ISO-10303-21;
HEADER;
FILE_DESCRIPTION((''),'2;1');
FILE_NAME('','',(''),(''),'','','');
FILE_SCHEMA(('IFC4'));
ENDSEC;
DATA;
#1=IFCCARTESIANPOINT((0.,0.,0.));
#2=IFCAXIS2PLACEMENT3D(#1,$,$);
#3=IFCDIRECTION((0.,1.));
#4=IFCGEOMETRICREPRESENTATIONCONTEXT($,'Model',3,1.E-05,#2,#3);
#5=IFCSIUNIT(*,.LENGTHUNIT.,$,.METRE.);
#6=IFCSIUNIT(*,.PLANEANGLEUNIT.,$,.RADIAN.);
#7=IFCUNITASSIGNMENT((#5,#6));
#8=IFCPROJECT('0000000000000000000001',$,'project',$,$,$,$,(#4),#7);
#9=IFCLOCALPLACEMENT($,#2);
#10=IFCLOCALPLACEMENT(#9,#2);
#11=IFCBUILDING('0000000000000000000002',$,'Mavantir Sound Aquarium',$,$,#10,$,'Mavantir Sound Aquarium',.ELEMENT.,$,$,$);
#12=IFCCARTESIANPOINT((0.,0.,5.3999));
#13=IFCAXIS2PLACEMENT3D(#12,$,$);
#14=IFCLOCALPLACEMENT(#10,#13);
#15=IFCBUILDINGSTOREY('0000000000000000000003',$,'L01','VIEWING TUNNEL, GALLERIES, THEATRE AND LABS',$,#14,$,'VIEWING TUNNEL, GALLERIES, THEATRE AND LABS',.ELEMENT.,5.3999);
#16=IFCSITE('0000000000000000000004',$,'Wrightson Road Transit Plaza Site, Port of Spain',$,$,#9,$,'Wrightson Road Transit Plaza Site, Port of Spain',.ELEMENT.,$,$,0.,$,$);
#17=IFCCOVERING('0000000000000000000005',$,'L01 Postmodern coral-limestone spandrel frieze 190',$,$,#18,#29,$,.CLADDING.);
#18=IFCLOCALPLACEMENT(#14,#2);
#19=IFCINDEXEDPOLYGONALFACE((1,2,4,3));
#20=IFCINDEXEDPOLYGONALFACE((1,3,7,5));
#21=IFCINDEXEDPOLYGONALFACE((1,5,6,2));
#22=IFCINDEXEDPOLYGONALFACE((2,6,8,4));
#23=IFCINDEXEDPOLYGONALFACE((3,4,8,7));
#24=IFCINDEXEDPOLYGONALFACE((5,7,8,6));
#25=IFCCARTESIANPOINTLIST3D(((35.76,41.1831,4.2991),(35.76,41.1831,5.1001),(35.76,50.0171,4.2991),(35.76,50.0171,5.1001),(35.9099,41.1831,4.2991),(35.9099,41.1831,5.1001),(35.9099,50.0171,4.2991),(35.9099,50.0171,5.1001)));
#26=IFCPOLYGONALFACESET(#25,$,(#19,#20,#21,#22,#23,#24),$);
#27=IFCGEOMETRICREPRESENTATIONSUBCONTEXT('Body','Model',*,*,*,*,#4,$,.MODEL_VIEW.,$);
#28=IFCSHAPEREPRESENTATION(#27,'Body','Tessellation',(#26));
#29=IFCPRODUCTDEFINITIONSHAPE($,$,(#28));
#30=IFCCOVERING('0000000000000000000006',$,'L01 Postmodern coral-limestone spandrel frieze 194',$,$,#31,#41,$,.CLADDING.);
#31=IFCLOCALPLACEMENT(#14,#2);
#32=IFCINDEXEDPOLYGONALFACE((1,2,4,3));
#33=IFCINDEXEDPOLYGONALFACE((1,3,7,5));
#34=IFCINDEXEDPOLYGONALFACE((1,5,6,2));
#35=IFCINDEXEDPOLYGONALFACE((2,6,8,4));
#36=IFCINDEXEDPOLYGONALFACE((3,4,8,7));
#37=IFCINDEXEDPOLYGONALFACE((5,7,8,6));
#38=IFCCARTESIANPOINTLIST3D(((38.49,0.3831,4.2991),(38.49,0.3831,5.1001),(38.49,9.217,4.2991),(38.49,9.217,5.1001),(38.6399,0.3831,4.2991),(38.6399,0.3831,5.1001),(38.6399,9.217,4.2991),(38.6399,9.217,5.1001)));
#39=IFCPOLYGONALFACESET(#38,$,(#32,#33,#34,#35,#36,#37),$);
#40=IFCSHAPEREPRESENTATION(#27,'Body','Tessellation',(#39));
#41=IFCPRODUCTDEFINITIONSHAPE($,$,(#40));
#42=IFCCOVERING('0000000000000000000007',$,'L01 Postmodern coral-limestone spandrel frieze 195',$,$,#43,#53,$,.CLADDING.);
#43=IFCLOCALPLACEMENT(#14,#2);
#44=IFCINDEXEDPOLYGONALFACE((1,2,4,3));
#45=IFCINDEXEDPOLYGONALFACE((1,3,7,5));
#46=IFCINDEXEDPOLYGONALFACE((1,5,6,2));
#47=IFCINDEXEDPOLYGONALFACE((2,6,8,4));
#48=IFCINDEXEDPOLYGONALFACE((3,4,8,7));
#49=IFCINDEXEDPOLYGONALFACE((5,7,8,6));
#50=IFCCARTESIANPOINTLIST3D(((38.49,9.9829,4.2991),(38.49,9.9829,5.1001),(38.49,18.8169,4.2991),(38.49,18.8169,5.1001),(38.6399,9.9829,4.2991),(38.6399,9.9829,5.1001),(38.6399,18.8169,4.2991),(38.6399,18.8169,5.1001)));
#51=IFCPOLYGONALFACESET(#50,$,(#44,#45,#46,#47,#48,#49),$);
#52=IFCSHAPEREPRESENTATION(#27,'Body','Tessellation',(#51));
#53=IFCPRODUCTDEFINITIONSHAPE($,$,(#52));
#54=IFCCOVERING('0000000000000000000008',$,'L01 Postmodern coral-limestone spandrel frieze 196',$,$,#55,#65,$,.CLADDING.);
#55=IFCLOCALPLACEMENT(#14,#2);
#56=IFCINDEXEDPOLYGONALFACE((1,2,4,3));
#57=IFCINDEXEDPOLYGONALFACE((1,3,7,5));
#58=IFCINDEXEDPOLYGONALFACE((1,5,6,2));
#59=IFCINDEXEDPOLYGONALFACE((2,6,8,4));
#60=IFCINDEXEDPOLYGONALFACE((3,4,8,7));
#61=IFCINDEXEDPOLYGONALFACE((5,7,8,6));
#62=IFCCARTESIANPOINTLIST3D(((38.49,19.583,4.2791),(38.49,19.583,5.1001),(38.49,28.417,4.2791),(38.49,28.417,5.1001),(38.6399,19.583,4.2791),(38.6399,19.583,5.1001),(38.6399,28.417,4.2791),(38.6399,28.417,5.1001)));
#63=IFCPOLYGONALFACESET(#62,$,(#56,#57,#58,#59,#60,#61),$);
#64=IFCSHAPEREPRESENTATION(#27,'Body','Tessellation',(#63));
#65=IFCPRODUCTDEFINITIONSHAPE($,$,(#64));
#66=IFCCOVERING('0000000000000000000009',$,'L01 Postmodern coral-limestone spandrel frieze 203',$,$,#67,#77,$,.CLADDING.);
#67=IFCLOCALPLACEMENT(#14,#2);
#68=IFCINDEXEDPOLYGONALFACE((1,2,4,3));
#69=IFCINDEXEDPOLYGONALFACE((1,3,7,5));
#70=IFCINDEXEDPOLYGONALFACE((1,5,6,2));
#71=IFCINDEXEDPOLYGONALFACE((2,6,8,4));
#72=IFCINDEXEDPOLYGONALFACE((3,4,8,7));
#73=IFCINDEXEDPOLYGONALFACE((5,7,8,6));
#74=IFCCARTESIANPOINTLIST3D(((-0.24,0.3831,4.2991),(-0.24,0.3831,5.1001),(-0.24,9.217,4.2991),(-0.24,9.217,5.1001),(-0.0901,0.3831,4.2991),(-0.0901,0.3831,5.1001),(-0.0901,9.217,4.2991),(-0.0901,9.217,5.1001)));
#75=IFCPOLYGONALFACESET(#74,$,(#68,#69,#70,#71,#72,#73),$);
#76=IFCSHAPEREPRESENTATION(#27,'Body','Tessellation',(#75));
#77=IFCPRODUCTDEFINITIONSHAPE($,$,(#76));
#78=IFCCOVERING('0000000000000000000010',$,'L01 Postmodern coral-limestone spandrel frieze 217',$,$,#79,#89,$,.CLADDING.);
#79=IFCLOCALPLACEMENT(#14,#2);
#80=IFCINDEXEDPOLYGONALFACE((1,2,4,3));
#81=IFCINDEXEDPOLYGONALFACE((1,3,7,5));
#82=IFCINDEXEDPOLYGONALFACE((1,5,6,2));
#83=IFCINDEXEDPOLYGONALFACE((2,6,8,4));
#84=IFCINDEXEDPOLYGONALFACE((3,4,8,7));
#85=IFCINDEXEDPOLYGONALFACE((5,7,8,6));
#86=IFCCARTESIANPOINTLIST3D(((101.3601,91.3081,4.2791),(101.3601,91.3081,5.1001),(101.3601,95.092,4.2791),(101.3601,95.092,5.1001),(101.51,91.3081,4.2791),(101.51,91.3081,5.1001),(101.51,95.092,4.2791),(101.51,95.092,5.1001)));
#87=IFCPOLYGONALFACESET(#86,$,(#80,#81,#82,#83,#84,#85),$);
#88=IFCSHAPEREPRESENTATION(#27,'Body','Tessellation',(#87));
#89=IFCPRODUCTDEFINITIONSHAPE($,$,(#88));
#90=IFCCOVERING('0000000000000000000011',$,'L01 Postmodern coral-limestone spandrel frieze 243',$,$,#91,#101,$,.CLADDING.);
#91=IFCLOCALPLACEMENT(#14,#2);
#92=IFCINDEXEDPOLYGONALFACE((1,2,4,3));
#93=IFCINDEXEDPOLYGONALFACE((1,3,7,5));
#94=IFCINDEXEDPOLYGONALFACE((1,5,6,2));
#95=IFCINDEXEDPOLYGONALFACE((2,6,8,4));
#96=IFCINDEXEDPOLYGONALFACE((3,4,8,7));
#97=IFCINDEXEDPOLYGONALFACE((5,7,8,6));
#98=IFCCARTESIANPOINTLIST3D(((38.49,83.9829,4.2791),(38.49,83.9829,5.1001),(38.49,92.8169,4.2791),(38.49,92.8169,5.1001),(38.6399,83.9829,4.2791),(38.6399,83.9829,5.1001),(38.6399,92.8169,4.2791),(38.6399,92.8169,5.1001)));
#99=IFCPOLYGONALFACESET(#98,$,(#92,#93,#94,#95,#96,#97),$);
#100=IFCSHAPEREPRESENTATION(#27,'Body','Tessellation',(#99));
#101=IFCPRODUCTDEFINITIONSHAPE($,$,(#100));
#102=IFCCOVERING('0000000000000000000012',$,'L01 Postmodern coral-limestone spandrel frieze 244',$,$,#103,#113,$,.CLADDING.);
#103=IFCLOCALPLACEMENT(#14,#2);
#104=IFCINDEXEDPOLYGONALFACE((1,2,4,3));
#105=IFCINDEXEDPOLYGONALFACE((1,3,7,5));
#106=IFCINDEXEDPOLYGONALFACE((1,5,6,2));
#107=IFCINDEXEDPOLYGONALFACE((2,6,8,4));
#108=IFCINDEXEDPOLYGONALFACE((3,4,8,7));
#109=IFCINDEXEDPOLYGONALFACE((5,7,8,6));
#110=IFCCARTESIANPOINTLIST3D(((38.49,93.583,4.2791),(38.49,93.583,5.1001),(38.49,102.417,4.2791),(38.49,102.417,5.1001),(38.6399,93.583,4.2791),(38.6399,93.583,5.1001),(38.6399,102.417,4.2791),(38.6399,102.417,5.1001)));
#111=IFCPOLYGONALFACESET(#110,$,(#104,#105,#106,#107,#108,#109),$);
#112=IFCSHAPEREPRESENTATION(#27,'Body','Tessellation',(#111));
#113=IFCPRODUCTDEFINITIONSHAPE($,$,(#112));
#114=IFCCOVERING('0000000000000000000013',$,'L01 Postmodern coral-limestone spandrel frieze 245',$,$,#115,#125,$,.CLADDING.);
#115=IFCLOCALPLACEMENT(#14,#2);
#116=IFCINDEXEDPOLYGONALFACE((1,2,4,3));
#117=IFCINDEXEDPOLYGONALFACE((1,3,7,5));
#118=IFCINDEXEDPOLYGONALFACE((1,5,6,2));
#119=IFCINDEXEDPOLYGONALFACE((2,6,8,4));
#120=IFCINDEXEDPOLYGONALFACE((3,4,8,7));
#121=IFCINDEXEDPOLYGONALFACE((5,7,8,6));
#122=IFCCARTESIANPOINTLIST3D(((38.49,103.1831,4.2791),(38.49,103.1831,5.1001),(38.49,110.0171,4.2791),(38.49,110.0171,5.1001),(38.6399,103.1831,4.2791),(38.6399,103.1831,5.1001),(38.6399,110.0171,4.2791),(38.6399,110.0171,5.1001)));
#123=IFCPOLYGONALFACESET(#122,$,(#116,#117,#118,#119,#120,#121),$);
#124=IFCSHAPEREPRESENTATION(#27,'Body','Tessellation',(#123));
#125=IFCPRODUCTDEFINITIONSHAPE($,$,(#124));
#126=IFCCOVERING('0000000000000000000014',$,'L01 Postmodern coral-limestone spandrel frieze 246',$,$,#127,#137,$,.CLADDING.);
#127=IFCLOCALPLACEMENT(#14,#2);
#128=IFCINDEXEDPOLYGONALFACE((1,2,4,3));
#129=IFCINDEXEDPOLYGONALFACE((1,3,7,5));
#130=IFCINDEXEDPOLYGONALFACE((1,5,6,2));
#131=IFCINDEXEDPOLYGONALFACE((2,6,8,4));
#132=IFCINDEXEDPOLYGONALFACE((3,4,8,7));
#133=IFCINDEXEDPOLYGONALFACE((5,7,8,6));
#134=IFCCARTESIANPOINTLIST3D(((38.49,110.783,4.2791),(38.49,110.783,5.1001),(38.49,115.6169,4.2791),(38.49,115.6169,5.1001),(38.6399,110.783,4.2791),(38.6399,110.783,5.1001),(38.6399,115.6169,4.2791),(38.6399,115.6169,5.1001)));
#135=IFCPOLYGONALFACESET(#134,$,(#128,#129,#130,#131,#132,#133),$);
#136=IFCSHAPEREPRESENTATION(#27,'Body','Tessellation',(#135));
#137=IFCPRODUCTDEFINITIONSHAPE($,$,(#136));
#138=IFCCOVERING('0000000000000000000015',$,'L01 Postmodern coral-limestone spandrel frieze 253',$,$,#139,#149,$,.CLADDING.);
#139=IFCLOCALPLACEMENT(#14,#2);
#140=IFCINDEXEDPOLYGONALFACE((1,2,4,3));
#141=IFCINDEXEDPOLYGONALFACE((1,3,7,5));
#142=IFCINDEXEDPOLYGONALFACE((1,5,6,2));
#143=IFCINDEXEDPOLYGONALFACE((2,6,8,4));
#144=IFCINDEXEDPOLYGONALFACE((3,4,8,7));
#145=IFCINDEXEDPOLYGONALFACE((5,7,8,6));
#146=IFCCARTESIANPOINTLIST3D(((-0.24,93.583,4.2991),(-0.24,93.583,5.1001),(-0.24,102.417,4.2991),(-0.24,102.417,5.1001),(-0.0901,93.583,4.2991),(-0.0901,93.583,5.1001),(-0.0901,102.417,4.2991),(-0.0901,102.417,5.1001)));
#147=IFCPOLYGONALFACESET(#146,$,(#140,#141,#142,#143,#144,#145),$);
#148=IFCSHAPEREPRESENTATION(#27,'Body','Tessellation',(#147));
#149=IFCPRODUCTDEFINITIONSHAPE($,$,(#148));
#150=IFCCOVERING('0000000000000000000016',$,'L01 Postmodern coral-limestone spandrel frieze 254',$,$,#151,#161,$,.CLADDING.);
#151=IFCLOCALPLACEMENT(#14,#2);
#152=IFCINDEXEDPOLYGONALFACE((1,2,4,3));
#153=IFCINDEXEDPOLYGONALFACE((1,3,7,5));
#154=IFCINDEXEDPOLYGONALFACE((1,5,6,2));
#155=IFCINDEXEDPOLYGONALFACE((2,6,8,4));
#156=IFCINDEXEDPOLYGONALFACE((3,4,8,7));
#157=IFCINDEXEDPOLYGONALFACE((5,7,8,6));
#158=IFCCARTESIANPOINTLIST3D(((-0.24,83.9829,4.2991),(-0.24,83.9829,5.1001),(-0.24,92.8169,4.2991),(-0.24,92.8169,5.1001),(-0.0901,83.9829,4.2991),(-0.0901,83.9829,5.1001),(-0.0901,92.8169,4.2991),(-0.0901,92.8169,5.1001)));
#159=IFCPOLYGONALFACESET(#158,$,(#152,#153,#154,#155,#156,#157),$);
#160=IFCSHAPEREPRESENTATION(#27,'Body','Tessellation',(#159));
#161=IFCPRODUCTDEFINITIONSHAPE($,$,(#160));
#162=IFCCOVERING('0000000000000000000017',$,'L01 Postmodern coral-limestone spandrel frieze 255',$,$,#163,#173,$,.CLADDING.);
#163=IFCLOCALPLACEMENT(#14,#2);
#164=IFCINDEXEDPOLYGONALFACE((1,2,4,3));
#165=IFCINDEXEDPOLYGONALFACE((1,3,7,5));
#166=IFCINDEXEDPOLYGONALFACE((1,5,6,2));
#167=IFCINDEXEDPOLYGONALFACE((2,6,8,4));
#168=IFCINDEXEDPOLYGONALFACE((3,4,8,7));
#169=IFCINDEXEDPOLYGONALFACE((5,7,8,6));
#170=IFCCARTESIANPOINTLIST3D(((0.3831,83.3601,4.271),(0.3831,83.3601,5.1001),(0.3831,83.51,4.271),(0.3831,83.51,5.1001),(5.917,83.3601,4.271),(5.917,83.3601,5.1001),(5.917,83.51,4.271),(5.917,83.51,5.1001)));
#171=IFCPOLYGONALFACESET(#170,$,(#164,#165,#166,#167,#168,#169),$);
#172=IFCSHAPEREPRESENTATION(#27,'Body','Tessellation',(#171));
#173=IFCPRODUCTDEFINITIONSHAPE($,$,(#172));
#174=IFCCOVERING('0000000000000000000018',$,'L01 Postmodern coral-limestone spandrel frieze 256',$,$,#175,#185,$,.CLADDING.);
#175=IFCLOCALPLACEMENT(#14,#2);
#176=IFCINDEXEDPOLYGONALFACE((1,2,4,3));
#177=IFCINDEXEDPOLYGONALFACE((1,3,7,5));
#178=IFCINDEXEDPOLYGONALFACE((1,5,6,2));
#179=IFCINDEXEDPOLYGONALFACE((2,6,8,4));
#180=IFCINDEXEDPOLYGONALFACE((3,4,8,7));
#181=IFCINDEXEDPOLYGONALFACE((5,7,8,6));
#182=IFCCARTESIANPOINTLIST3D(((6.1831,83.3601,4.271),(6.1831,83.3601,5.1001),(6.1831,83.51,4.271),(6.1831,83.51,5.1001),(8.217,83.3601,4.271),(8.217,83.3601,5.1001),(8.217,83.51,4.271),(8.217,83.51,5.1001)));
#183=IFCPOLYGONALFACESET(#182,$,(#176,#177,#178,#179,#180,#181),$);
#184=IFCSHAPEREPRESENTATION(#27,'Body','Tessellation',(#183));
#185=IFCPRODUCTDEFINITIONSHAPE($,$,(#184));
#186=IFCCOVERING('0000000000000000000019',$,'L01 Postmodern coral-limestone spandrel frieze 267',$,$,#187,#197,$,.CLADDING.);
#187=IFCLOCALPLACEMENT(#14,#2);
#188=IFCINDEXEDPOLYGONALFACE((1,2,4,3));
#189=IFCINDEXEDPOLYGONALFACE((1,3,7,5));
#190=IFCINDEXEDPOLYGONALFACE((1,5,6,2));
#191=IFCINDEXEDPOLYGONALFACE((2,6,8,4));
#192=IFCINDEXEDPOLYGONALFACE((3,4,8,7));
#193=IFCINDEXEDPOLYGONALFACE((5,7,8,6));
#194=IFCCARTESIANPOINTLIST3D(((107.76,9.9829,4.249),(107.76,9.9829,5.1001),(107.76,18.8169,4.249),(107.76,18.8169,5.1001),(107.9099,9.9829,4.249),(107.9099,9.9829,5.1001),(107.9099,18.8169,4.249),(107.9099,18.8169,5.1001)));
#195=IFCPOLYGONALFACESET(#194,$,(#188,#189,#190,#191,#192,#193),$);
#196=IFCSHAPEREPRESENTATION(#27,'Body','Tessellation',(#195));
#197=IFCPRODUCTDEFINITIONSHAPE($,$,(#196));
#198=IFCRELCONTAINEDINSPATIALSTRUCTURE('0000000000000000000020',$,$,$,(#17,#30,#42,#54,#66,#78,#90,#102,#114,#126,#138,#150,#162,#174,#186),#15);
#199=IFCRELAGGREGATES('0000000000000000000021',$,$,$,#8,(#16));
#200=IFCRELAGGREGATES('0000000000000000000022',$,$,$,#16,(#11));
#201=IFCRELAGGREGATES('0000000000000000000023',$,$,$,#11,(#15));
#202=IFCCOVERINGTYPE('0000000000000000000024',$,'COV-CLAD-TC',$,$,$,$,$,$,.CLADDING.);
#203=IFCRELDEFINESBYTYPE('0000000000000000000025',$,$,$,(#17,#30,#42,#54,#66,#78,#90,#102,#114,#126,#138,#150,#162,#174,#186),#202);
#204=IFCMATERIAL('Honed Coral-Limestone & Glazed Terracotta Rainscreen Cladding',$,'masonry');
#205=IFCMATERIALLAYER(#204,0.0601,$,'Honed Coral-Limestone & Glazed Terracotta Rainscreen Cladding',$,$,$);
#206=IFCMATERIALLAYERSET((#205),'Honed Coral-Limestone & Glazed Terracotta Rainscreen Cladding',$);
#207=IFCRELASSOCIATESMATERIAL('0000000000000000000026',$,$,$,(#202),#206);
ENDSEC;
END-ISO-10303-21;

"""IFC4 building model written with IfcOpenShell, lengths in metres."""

from ifc_helpers import new_model, si_unit, direction, frame, origin, place, context, subcontext, project, spatial, polyline, outline, extrude, material, layer, layer_set, type_object, element, save


model = new_model("IFC4")

# Units and contexts
model_context = context("Model", 3, precision=1e-05, world=origin(), true_north=direction((0.0, 1.0)))
body_context = subcontext(model_context, "Body", "Model", "MODEL_VIEW")
ifc_project = project(units=[si_unit("LENGTHUNIT", "METRE"), si_unit("PLANEANGLEUNIT", "RADIAN")], contexts=[model_context])

# Site, building, storey
site_placement = place(None, origin())
site = spatial("IfcSite", under=ifc_project, at=site_placement, Name="Wrightson Road Transit Plaza Site, Port of Spain", LongName="Wrightson Road Transit Plaza Site, Port of Spain", CompositionType="ELEMENT", RefElevation=0.0)
building_placement = place(site_placement, origin())
building = spatial("IfcBuilding", under=site, at=building_placement, Name="Mavantir Sound Aquarium", LongName="Mavantir Sound Aquarium", CompositionType="ELEMENT")
storey_placement = place(building_placement, frame((0.0, 0.0, 5.3999)))
storey = spatial("IfcBuildingStorey", under=building, at=storey_placement, Name="L01", Description="VIEWING TUNNEL, GALLERIES, THEATRE AND LABS", LongName="VIEWING TUNNEL, GALLERIES, THEATRE AND LABS", CompositionType="ELEMENT", Elevation=5.3999)

# Coverings
ifc_material = material(Name="Honed Coral-Limestone & Glazed Terracotta Rainscreen Cladding", Category="masonry")
ifc_layer = layer(ifc_material, 0.0601, Name="Honed Coral-Limestone & Glazed Terracotta Rainscreen Cladding")
ifc_layer_set = layer_set([ifc_layer], Name="Honed Coral-Limestone & Glazed Terracotta Rainscreen Cladding")
covering_type = type_object("IfcCoveringType", Name="COV-CLAD-TC", PredefinedType="CLADDING", material=ifc_layer_set)
covering_1_placement = place(storey_placement, frame((0.0, 0.0, 4.2991)))
element("IfcCovering", 1, at=covering_1_placement, inside=storey, type_object=covering_type, Name="L01 Postmodern coral-limestone spandrel frieze 190", PredefinedType="CLADDING", context=body_context, shape_type="SweptSolid", body=[
    extrude(outline(polyline([(35.9099, 50.0171), (35.9099, 41.1831), (35.76, 41.1831), (35.76, 50.0171), (35.9099, 50.0171)])), origin(), (0.0, 0.0, 1.0), 0.801),
])
covering_2_placement = place(storey_placement, frame((0.0, 0.0, 4.2991)))
element("IfcCovering", 2, at=covering_2_placement, inside=storey, type_object=covering_type, Name="L01 Postmodern coral-limestone spandrel frieze 194", PredefinedType="CLADDING", context=body_context, shape_type="SweptSolid", body=[
    extrude(outline(polyline([(38.49, 0.3831), (38.49, 9.217), (38.6399, 9.217), (38.6399, 0.3831), (38.49, 0.3831)])), origin(), (0.0, 0.0, 1.0), 0.801),
])
covering_3_placement = place(storey_placement, frame((0.0, 0.0, 4.2991)))
element("IfcCovering", 3, at=covering_3_placement, inside=storey, type_object=covering_type, Name="L01 Postmodern coral-limestone spandrel frieze 195", PredefinedType="CLADDING", context=body_context, shape_type="SweptSolid", body=[
    extrude(outline(polyline([(38.49, 9.9829), (38.49, 18.8169), (38.6399, 18.8169), (38.6399, 9.9829), (38.49, 9.9829)])), origin(), (0.0, 0.0, 1.0), 0.801),
])
covering_4_placement = place(storey_placement, frame((0.0, 0.0, 4.2791)))
element("IfcCovering", 4, at=covering_4_placement, inside=storey, type_object=covering_type, Name="L01 Postmodern coral-limestone spandrel frieze 196", PredefinedType="CLADDING", context=body_context, shape_type="SweptSolid", body=[
    extrude(outline(polyline([(38.49, 19.583), (38.49, 28.417), (38.6399, 28.417), (38.6399, 19.583), (38.49, 19.583)])), origin(), (0.0, 0.0, 1.0), 0.821),
])
covering_5_placement = place(storey_placement, frame((0.0, 0.0, 4.2991)))
element("IfcCovering", 5, at=covering_5_placement, inside=storey, type_object=covering_type, Name="L01 Postmodern coral-limestone spandrel frieze 203", PredefinedType="CLADDING", context=body_context, shape_type="SweptSolid", body=[
    extrude(outline(polyline([(-0.0901, 9.217), (-0.0901, 0.3831), (-0.24, 0.3831), (-0.24, 9.217), (-0.0901, 9.217)])), origin(), (0.0, 0.0, 1.0), 0.801),
])
covering_6_placement = place(storey_placement, frame((0.0, 0.0, 4.2791)))
element("IfcCovering", 6, at=covering_6_placement, inside=storey, type_object=covering_type, Name="L01 Postmodern coral-limestone spandrel frieze 217", PredefinedType="CLADDING", context=body_context, shape_type="SweptSolid", body=[
    extrude(outline(polyline([(101.51, 95.092), (101.51, 91.3081), (101.3601, 91.3081), (101.3601, 95.092), (101.51, 95.092)])), origin(), (0.0, 0.0, 1.0), 0.821),
])
covering_7_placement = place(storey_placement, frame((0.0, 0.0, 4.2791)))
element("IfcCovering", 7, at=covering_7_placement, inside=storey, type_object=covering_type, Name="L01 Postmodern coral-limestone spandrel frieze 243", PredefinedType="CLADDING", context=body_context, shape_type="SweptSolid", body=[
    extrude(outline(polyline([(38.49, 83.9829), (38.49, 92.8169), (38.6399, 92.8169), (38.6399, 83.9829), (38.49, 83.9829)])), origin(), (0.0, 0.0, 1.0), 0.821),
])
covering_8_placement = place(storey_placement, frame((0.0, 0.0, 4.2791)))
element("IfcCovering", 8, at=covering_8_placement, inside=storey, type_object=covering_type, Name="L01 Postmodern coral-limestone spandrel frieze 244", PredefinedType="CLADDING", context=body_context, shape_type="SweptSolid", body=[
    extrude(outline(polyline([(38.49, 93.583), (38.49, 102.417), (38.6399, 102.417), (38.6399, 93.583), (38.49, 93.583)])), origin(), (0.0, 0.0, 1.0), 0.821),
])
covering_9_placement = place(storey_placement, frame((0.0, 0.0, 4.2791)))
element("IfcCovering", 9, at=covering_9_placement, inside=storey, type_object=covering_type, Name="L01 Postmodern coral-limestone spandrel frieze 245", PredefinedType="CLADDING", context=body_context, shape_type="SweptSolid", body=[
    extrude(outline(polyline([(38.49, 103.1831), (38.49, 110.0171), (38.6399, 110.0171), (38.6399, 103.1831), (38.49, 103.1831)])), origin(), (0.0, 0.0, 1.0), 0.821),
])
covering_10_placement = place(storey_placement, frame((0.0, 0.0, 4.2791)))
element("IfcCovering", 10, at=covering_10_placement, inside=storey, type_object=covering_type, Name="L01 Postmodern coral-limestone spandrel frieze 246", PredefinedType="CLADDING", context=body_context, shape_type="SweptSolid", body=[
    extrude(outline(polyline([(38.49, 110.783), (38.49, 115.6169), (38.6399, 115.6169), (38.6399, 110.783), (38.49, 110.783)])), origin(), (0.0, 0.0, 1.0), 0.821),
])
covering_11_placement = place(storey_placement, frame((0.0, 0.0, 4.2991)))
element("IfcCovering", 11, at=covering_11_placement, inside=storey, type_object=covering_type, Name="L01 Postmodern coral-limestone spandrel frieze 253", PredefinedType="CLADDING", context=body_context, shape_type="SweptSolid", body=[
    extrude(outline(polyline([(-0.0901, 102.417), (-0.0901, 93.583), (-0.24, 93.583), (-0.24, 102.417), (-0.0901, 102.417)])), origin(), (0.0, 0.0, 1.0), 0.801),
])
covering_12_placement = place(storey_placement, frame((0.0, 0.0, 4.2991)))
element("IfcCovering", 12, at=covering_12_placement, inside=storey, type_object=covering_type, Name="L01 Postmodern coral-limestone spandrel frieze 254", PredefinedType="CLADDING", context=body_context, shape_type="SweptSolid", body=[
    extrude(outline(polyline([(-0.0901, 92.8169), (-0.0901, 83.9829), (-0.24, 83.9829), (-0.24, 92.8169), (-0.0901, 92.8169)])), origin(), (0.0, 0.0, 1.0), 0.801),
])
covering_13_placement = place(storey_placement, frame((0.0, 0.0, 4.271)))
element("IfcCovering", 13, at=covering_13_placement, inside=storey, type_object=covering_type, Name="L01 Postmodern coral-limestone spandrel frieze 255", PredefinedType="CLADDING", context=body_context, shape_type="SweptSolid", body=[
    extrude(outline(polyline([(0.3831, 83.51), (5.917, 83.51), (5.917, 83.3601), (0.3831, 83.3601), (0.3831, 83.51)])), origin(), (0.0, 0.0, 1.0), 0.8291),
])
covering_14_placement = place(storey_placement, frame((0.0, 0.0, 4.271)))
element("IfcCovering", 14, at=covering_14_placement, inside=storey, type_object=covering_type, Name="L01 Postmodern coral-limestone spandrel frieze 256", PredefinedType="CLADDING", context=body_context, shape_type="SweptSolid", body=[
    extrude(outline(polyline([(6.1831, 83.51), (8.217, 83.51), (8.217, 83.3601), (6.1831, 83.3601), (6.1831, 83.51)])), origin(), (0.0, 0.0, 1.0), 0.8291),
])
covering_15_placement = place(storey_placement, frame((0.0, 0.0, 4.249)))
element("IfcCovering", 15, at=covering_15_placement, inside=storey, type_object=covering_type, Name="L01 Postmodern coral-limestone spandrel frieze 267", PredefinedType="CLADDING", context=body_context, shape_type="SweptSolid", body=[
    extrude(outline(polyline([(107.9099, 18.8169), (107.9099, 9.9829), (107.76, 9.9829), (107.76, 18.8169), (107.9099, 18.8169)])), origin(), (0.0, 0.0, 1.0), 0.8511),
])

save(model, "model.ifc")
